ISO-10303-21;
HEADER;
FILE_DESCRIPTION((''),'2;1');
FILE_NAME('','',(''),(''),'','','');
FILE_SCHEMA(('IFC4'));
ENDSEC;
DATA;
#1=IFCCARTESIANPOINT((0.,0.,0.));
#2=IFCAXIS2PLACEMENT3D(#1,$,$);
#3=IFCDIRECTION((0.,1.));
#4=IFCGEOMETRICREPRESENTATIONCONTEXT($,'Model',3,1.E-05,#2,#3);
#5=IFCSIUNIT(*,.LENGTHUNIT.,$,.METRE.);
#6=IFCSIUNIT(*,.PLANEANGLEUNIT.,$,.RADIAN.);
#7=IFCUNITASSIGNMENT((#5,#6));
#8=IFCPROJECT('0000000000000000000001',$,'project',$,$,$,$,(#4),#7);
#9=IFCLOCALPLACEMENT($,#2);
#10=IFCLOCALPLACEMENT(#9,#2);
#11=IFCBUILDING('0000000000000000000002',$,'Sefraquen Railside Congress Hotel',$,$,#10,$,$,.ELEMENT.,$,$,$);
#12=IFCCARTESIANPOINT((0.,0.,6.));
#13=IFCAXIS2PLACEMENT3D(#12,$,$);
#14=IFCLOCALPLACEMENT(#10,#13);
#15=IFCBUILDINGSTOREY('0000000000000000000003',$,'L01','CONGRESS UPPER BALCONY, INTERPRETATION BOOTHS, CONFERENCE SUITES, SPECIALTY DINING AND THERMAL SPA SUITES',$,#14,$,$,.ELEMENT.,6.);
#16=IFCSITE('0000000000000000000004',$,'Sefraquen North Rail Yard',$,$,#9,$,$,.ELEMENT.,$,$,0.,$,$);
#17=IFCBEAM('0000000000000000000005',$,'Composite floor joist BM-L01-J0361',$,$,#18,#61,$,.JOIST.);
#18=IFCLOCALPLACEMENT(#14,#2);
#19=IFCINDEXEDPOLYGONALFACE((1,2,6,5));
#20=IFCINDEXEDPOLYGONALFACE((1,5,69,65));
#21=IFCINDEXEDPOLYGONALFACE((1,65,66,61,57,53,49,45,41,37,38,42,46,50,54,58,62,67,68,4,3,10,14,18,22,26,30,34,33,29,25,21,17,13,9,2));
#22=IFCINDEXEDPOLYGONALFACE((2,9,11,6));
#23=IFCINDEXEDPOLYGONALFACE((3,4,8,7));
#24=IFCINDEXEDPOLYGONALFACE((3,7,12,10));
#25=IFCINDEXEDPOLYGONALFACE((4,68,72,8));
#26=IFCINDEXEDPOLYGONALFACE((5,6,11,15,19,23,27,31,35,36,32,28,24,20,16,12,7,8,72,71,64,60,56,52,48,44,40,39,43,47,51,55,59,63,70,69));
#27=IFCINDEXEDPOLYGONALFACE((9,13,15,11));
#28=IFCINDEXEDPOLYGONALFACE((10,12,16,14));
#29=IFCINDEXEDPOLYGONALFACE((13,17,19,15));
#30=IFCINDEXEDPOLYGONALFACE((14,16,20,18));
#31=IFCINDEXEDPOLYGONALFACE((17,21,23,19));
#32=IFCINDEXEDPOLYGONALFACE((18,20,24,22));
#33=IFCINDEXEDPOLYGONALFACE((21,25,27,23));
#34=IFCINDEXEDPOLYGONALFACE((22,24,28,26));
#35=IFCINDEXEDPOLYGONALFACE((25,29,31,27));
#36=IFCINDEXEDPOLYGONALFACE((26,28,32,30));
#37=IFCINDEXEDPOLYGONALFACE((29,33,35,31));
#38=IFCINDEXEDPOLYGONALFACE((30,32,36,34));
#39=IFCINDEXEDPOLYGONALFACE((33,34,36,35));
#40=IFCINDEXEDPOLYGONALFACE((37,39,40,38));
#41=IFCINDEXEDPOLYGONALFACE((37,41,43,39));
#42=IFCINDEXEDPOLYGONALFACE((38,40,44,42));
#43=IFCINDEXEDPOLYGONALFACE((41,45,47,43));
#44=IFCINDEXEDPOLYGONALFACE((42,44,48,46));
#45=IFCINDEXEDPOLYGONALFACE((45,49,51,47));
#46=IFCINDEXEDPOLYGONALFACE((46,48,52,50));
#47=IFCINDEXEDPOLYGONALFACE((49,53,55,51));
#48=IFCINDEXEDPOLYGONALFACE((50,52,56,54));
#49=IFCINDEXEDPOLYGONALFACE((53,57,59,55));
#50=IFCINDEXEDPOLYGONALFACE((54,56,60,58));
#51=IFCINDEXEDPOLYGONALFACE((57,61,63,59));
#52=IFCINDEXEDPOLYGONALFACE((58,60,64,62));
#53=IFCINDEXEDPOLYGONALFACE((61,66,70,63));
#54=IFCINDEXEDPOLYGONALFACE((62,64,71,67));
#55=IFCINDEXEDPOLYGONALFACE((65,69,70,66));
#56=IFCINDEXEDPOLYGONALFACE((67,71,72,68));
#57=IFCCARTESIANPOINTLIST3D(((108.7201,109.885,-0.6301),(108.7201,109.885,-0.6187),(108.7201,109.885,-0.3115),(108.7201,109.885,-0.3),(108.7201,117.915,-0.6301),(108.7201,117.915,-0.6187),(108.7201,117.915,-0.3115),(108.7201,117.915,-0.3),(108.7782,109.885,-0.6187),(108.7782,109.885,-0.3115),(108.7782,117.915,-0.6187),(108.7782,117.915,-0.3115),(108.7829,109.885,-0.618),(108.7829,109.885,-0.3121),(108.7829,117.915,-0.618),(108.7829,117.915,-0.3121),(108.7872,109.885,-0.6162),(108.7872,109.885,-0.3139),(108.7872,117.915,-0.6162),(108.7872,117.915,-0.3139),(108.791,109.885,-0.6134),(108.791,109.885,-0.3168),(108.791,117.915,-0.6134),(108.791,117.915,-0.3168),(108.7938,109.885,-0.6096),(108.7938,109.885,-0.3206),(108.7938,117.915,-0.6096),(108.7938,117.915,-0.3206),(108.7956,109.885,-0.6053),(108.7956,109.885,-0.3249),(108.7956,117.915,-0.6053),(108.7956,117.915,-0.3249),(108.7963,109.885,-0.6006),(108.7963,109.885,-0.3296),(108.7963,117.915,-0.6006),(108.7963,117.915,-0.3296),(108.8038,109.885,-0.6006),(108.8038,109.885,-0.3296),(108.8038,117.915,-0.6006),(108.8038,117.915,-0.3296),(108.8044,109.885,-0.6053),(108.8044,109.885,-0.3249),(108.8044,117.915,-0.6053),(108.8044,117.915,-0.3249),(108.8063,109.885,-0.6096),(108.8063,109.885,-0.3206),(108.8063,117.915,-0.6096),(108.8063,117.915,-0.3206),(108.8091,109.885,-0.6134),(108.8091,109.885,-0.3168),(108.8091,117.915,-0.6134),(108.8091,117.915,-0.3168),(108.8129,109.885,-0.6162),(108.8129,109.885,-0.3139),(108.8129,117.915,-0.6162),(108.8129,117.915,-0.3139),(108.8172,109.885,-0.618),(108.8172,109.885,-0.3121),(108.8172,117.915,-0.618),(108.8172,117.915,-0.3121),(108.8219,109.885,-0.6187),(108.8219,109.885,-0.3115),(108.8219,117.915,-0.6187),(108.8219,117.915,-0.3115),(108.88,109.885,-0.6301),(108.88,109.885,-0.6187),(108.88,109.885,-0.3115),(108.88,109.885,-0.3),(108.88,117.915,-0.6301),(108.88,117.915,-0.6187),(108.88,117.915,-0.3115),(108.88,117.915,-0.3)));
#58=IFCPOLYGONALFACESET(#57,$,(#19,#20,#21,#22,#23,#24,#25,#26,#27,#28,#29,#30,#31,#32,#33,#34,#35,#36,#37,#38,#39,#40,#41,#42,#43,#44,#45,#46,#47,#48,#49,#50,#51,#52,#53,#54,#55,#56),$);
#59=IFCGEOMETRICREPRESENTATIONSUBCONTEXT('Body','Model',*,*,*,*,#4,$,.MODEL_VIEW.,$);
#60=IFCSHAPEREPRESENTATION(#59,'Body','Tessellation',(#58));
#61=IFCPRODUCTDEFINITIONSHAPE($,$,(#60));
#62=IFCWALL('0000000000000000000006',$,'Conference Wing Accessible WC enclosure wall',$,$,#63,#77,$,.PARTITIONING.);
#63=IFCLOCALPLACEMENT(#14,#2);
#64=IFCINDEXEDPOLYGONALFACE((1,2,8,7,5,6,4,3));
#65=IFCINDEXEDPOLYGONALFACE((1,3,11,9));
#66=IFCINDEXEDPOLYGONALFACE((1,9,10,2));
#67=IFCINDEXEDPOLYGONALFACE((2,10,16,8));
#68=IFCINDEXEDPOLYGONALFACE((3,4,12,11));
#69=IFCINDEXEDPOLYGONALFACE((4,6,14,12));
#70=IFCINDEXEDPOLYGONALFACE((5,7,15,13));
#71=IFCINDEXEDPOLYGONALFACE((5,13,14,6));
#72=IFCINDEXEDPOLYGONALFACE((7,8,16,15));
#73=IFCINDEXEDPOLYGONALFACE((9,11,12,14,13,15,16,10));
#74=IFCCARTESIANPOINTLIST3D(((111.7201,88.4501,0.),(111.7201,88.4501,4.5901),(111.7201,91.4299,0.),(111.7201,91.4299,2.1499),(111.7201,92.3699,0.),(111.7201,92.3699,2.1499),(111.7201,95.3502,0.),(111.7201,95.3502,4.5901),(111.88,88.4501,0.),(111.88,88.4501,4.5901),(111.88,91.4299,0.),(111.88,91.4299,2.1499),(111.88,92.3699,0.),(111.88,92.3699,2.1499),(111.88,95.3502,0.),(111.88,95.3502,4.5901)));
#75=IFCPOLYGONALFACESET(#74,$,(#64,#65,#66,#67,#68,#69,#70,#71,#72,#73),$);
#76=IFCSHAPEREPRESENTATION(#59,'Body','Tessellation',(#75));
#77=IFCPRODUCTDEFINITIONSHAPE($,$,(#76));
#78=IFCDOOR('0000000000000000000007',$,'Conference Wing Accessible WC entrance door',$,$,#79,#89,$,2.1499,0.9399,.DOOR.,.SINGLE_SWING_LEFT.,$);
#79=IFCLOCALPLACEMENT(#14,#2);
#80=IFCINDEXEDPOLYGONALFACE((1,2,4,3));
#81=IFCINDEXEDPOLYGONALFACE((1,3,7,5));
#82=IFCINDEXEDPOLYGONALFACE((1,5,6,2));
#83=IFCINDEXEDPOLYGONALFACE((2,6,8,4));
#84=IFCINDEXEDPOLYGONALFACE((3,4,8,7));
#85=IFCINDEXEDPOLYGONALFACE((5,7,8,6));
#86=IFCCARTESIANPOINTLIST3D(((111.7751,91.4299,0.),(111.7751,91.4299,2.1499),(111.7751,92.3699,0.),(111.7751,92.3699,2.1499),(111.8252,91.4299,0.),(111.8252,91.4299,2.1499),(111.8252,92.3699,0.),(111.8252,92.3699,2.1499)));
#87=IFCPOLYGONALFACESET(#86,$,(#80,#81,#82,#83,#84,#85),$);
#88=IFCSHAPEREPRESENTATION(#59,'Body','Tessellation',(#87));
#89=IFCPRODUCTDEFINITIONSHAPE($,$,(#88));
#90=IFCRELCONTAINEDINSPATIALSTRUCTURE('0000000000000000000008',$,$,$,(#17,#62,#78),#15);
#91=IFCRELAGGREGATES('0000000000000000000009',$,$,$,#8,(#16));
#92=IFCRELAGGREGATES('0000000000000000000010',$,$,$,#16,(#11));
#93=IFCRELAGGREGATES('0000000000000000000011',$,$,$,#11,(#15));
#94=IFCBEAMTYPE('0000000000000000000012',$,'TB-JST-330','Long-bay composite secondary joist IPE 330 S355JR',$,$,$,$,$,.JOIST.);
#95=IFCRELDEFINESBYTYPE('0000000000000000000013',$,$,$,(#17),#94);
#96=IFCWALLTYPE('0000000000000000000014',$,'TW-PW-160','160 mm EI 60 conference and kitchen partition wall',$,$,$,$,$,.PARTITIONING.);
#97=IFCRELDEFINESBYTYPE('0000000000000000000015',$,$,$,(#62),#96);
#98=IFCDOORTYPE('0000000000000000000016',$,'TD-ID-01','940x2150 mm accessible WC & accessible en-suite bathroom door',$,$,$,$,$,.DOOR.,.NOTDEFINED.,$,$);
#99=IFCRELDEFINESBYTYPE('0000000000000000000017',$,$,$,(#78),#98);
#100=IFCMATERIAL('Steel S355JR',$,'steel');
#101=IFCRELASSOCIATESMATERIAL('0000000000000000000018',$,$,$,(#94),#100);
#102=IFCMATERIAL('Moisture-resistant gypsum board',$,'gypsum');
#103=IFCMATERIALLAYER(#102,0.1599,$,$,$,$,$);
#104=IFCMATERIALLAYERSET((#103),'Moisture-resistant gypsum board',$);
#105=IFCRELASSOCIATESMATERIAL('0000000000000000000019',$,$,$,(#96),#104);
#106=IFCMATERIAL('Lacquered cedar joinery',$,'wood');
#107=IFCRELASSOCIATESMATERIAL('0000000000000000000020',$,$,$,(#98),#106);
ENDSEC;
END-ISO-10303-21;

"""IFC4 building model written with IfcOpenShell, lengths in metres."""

from ifc_helpers import new_model, si_unit, direction, frame, frame_2d, origin, origin_2d, place, context, subcontext, project, spatial, rectangle, i_section, extrude, material, layer, layer_set, material_profile, profile_set, type_object, element, fill, save


model = new_model("IFC4")

# Units and contexts
model_context = context("Model", 3, precision=1e-05, world=origin(), true_north=direction((0.0, 1.0)))
body_context = subcontext(model_context, "Body", "Model", "MODEL_VIEW")
ifc_project = project(units=[si_unit("LENGTHUNIT", "METRE"), si_unit("PLANEANGLEUNIT", "RADIAN")], contexts=[model_context])

# Site, building, storey
site_placement = place(None, origin())
site = spatial("IfcSite", under=ifc_project, at=site_placement, Name="Sefraquen North Rail Yard", CompositionType="ELEMENT", RefElevation=0.0)
building_placement = place(site_placement, origin())
building = spatial("IfcBuilding", under=site, at=building_placement, Name="Sefraquen Railside Congress Hotel", CompositionType="ELEMENT")
storey_placement = place(building_placement, frame((0.0, 0.0, 6.0)))
storey = spatial("IfcBuildingStorey", under=building, at=storey_placement, Name="L01", Description="CONGRESS UPPER BALCONY, INTERPRETATION BOOTHS, CONFERENCE SUITES, SPECIALTY DINING AND THERMAL SPA SUITES", CompositionType="ELEMENT", Elevation=6.0)

# Shared definitions
ifc_material_1 = material(Name="Steel S355JR", Category="steel")

# Beam
ifc_material_profile_1 = material_profile(ifc_material_1, i_section(OverallWidth=0.1599, OverallDepth=0.3301, WebThickness=0.0076, FlangeThickness=0.0115, FilletRadius=0.0181, at=origin_2d()), Name="IPE 330")
ifc_profile_set_1 = profile_set([ifc_material_profile_1], Name="Steel S355JR")
beam_type_1 = type_object("IfcBeamType", Name="TB-JST-330", Description="Long-bay composite secondary joist IPE 330 S355JR", PredefinedType="JOIST", material=ifc_profile_set_1)
for number, where, z_axis, x_axis, name in (
    (1, (108.8, 109.885, -0.4651), (0.0, 1.0, 0.0), (-1.0, 0.0, 0.0), "Composite floor joist BM-L01-J0361"),
):
    element("IfcBeam", number, at=place(storey_placement, frame(where, z_axis=z_axis, x_axis=x_axis)), inside=storey, type_object=beam_type_1, Name=name, PredefinedType="JOIST", context=body_context, shape_type="SweptSolid", body=[
        extrude(i_section(OverallWidth=0.1599, OverallDepth=0.3301, WebThickness=0.0076, FlangeThickness=0.0115, FilletRadius=0.0181, at=origin_2d()), origin(), (0.0, 0.0, 1.0), 8.03),
    ])

# Wall, opening, door
ifc_material_2 = material(Name="Moisture-resistant gypsum board", Category="gypsum")
ifc_layer = layer(ifc_material_2, 0.1599)
ifc_layer_set = layer_set([ifc_layer], Name="Moisture-resistant gypsum board")
wall_type = type_object("IfcWallType", Name="TW-PW-160", Description="160 mm EI 60 conference and kitchen partition wall", PredefinedType="PARTITIONING", material=ifc_layer_set)
wall_placement = place(storey_placement, frame((111.8, 88.45, 0.0), z_axis=(0.0, 0.0, 1.0), x_axis=(0.0, 1.0, 0.0)))
wall = element("IfcWall", 2, at=wall_placement, inside=storey, type_object=wall_type, Name="Conference Wing Accessible WC enclosure wall", PredefinedType="PARTITIONING", context=body_context, shape_type="SweptSolid", body=[
    extrude(rectangle(XDim=6.9001, YDim=0.1599, at=frame_2d((3.4502, 0.0))), origin(), (0.0, 0.0, 1.0), 4.5901),
])
opening_placement = place(wall_placement, frame((2.98, 0.0, 0.0)))
opening = element("IfcOpeningElement", 3, at=opening_placement, cuts=wall, PredefinedType="OPENING", context=body_context, shape_type="SweptSolid", body=[
    extrude(rectangle(XDim=0.9399, YDim=2.1499, at=frame_2d((0.47, 1.075))), frame((0.0, 0.0898, 0.0), z_axis=(0.0, -1.0, 0.0), x_axis=(1.0, 0.0, 0.0)), (0.0, 0.0, 1.0), 0.1799),
])
ifc_material_3 = material(Name="Lacquered cedar joinery", Category="wood")
door_type = type_object("IfcDoorType", Name="TD-ID-01", Description="940x2150 mm accessible WC & accessible en-suite bathroom door", OperationType="NOTDEFINED", PredefinedType="DOOR", material=ifc_material_3)
door_placement = place(opening_placement, origin())
door = element("IfcDoor", 4, at=door_placement, inside=storey, type_object=door_type, Name="Conference Wing Accessible WC entrance door", OperationType="SINGLE_SWING_LEFT", OverallHeight=2.1499, OverallWidth=0.9399, PredefinedType="DOOR", context=body_context, shape_type="SweptSolid", body=[
    extrude(rectangle(XDim=0.9399, YDim=2.1499, at=frame_2d((0.47, 1.075))), frame((0.0, 0.0249, 0.0), z_axis=(0.0, -1.0, 0.0), x_axis=(1.0, 0.0, 0.0)), (0.0, 0.0, 1.0), 0.05),
])
fill(opening, door)

save(model, "model.ifc")
